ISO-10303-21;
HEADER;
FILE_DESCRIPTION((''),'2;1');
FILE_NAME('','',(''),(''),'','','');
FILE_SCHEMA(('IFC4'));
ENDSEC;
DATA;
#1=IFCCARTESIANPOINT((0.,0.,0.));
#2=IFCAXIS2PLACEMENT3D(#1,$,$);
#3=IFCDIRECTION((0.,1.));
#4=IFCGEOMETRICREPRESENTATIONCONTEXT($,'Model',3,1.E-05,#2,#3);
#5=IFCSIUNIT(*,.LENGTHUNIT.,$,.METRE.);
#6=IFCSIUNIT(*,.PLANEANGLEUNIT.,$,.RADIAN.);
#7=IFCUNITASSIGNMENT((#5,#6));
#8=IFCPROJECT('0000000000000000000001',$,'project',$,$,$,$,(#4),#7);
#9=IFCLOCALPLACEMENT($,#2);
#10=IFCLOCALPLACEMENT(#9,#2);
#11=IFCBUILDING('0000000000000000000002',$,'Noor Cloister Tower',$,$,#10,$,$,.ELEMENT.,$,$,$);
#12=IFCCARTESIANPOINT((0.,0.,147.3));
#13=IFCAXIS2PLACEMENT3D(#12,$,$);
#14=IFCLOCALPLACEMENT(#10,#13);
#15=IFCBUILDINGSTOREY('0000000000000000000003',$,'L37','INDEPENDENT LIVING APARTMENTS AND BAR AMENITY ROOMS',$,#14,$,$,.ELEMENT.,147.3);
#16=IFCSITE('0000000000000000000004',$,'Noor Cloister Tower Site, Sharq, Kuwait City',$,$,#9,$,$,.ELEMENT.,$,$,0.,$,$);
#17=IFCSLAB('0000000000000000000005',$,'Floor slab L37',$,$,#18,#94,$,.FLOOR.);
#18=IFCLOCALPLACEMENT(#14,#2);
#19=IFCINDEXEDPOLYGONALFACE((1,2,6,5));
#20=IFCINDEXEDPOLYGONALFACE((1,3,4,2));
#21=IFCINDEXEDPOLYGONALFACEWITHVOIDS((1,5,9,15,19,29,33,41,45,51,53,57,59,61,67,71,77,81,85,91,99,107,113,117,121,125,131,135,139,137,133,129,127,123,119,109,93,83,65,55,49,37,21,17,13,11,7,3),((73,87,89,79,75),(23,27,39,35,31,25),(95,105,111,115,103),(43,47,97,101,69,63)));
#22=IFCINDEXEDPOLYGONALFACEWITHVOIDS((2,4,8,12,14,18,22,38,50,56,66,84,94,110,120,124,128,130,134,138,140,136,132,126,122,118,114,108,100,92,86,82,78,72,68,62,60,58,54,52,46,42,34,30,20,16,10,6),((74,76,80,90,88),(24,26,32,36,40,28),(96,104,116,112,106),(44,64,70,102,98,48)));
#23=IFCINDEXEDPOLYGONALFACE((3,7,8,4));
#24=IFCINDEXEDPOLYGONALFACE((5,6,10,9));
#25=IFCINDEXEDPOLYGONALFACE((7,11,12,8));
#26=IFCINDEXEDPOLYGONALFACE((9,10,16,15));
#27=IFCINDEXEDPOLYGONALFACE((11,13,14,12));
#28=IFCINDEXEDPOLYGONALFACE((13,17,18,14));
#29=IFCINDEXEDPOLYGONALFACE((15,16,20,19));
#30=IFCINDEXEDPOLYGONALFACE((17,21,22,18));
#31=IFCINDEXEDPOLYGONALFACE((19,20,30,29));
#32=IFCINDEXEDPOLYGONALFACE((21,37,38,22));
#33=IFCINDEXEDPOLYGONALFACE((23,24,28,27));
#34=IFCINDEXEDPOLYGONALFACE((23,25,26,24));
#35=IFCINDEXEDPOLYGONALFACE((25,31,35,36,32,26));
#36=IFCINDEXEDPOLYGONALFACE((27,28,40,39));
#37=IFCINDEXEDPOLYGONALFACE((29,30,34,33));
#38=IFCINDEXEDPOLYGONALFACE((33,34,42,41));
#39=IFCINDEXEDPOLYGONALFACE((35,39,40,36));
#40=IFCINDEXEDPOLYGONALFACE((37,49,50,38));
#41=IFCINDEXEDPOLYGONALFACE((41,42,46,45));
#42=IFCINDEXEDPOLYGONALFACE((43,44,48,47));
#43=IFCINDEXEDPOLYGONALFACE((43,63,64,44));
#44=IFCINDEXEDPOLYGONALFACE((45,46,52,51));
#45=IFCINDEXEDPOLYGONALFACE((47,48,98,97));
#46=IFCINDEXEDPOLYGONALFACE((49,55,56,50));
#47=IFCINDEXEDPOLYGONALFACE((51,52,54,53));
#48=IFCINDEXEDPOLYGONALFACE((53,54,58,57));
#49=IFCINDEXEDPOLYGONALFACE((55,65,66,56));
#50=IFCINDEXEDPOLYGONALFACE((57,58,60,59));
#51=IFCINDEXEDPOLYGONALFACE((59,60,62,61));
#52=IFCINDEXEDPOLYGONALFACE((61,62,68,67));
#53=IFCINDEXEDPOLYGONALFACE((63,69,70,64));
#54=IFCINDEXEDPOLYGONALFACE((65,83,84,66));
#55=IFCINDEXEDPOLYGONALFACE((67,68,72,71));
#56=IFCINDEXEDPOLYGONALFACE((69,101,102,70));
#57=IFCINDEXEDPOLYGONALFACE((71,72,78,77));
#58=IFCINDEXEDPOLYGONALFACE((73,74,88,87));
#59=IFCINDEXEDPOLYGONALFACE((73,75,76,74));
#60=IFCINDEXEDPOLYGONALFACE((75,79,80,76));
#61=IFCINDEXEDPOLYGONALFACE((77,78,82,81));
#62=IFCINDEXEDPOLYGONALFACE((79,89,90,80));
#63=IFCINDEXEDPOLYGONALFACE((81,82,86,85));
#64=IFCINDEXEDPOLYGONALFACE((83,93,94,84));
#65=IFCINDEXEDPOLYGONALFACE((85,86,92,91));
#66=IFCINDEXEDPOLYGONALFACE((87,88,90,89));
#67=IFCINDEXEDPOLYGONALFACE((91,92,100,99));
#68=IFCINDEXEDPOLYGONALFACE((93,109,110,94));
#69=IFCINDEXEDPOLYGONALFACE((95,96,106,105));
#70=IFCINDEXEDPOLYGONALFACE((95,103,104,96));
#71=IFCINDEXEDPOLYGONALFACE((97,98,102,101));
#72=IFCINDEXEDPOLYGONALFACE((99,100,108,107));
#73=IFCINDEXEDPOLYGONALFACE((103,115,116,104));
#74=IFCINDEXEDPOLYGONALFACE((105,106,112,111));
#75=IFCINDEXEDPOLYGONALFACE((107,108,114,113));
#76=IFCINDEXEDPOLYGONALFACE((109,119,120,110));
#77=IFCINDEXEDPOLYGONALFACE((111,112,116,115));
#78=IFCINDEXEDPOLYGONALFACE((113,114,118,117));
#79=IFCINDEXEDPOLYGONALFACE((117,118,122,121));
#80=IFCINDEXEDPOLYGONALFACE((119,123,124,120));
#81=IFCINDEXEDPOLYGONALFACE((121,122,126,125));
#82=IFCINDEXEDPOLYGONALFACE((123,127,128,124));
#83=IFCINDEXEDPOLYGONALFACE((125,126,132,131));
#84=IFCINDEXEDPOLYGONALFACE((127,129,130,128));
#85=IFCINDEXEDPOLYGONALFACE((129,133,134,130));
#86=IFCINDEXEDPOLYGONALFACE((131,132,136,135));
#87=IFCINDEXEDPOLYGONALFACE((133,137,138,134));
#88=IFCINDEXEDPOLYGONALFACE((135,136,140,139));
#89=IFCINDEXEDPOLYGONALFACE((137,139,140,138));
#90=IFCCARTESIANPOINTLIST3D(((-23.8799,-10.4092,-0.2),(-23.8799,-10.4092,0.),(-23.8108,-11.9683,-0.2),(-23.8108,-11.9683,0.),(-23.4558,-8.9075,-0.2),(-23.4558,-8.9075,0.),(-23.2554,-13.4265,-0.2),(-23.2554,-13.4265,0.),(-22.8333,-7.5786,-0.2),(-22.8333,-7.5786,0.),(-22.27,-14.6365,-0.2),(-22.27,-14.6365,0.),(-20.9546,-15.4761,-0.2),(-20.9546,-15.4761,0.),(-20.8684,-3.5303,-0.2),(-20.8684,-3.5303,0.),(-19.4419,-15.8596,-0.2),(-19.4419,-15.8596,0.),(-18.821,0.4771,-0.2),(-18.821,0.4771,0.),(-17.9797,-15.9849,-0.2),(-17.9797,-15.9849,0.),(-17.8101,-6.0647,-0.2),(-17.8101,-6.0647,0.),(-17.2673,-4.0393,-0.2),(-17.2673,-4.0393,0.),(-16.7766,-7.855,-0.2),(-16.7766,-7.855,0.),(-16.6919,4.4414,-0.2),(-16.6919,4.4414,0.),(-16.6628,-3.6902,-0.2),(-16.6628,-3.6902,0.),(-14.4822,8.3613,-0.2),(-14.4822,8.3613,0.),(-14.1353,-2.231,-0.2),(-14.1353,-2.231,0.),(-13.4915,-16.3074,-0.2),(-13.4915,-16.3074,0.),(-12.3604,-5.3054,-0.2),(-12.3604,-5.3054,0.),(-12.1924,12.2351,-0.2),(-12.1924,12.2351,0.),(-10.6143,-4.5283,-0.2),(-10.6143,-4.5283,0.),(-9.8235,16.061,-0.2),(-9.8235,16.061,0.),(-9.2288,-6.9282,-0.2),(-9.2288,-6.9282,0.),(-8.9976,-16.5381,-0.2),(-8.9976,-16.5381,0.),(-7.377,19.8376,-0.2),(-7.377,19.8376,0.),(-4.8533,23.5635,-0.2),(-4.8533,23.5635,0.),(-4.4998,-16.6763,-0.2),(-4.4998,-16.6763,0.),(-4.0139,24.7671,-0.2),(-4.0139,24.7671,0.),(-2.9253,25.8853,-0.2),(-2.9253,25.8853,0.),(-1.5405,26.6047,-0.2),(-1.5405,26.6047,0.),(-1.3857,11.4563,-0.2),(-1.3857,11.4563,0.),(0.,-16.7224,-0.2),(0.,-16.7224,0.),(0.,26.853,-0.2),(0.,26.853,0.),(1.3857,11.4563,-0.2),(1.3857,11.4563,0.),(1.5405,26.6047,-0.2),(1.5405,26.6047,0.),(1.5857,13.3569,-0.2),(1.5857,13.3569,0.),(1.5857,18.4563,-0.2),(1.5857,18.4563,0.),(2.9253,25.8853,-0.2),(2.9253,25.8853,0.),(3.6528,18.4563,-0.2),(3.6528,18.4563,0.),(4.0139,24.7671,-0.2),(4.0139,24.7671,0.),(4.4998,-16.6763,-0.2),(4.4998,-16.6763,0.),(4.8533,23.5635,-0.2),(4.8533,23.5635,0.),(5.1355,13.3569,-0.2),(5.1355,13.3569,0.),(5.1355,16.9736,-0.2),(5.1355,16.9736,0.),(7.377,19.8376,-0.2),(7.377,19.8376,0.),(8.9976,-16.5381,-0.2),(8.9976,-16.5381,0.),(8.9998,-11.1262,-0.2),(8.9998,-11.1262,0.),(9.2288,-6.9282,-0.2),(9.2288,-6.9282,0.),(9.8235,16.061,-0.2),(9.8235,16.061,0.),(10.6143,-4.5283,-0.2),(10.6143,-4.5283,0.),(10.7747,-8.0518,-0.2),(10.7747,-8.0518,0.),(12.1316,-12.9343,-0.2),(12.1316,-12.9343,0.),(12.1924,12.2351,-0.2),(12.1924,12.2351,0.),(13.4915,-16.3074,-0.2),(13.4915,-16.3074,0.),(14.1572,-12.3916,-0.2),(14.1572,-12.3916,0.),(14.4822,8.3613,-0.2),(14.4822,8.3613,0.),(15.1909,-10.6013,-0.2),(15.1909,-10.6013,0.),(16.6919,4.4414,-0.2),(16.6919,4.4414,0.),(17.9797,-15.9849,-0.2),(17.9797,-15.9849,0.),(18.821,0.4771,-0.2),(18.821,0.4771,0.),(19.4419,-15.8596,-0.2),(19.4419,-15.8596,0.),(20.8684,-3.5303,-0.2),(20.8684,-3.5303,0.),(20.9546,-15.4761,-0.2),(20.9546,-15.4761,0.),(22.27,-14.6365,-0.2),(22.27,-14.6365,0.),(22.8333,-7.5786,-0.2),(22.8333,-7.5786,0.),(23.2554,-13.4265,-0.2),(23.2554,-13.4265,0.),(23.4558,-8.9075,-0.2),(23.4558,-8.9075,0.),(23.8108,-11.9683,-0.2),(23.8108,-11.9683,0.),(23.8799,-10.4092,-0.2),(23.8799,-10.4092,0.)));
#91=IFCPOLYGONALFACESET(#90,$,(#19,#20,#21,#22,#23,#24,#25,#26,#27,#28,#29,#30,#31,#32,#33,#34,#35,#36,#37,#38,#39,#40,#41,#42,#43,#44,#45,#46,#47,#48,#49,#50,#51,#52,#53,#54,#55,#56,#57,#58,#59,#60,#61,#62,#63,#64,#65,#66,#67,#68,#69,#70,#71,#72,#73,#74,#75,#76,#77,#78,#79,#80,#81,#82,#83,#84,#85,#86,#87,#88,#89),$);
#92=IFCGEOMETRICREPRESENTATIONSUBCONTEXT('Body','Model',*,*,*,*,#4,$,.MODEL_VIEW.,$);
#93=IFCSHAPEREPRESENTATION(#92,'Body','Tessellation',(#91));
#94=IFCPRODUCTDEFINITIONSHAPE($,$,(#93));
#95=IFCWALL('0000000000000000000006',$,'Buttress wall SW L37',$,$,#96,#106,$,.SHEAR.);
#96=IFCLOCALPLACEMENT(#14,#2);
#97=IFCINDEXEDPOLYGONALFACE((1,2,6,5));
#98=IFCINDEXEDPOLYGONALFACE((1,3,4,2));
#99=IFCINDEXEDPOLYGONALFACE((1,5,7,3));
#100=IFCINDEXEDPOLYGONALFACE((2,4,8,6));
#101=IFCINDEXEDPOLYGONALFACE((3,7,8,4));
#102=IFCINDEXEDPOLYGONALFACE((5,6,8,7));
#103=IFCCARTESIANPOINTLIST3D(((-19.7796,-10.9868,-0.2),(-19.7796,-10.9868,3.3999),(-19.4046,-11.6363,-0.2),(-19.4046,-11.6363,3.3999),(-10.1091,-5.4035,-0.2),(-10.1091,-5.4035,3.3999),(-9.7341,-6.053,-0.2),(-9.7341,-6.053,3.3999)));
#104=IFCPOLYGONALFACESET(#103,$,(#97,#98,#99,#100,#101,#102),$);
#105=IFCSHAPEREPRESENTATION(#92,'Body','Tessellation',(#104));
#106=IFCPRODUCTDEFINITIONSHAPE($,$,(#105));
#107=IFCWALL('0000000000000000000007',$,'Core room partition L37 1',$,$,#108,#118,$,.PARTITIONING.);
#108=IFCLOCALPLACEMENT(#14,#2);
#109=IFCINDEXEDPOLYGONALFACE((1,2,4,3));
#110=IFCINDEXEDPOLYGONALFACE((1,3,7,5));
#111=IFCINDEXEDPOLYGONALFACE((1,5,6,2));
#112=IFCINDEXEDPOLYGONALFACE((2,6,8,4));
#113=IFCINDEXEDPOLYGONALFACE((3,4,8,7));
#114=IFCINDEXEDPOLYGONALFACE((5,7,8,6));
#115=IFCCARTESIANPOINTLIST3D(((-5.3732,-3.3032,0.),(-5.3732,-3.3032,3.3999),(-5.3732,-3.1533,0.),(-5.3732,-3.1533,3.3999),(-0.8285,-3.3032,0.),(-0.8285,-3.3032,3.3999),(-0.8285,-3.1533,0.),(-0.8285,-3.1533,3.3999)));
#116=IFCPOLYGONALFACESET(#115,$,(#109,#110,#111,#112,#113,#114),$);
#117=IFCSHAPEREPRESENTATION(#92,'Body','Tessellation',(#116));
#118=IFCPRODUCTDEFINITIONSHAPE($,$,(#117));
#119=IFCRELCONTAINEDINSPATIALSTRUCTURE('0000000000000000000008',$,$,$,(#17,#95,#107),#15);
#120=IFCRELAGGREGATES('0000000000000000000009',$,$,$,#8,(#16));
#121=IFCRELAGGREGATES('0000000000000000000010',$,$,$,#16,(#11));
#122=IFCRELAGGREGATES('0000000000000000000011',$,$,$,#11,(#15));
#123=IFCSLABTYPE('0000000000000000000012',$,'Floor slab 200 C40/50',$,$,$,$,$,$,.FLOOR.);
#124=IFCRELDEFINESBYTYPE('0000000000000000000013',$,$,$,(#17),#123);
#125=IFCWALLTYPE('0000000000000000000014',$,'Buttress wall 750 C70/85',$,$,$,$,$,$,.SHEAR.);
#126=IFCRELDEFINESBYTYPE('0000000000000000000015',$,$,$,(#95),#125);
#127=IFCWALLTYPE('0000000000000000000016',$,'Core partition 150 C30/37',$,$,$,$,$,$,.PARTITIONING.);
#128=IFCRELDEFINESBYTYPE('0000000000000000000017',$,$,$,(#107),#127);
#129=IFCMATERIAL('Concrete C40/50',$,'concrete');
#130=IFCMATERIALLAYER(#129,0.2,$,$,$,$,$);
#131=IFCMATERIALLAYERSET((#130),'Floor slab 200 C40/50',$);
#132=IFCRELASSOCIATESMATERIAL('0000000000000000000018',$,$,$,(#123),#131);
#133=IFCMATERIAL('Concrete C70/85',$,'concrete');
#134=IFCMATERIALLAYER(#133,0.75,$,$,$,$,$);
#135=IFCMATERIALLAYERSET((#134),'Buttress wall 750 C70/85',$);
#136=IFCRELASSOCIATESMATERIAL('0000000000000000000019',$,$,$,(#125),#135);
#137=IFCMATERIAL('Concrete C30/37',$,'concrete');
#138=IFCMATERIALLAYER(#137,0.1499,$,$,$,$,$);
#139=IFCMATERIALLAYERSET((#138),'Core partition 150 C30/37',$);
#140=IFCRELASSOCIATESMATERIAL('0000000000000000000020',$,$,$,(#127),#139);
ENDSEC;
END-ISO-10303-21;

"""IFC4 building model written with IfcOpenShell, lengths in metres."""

from ifc_helpers import new_model, si_unit, direction, frame, frame_2d, origin, place, context, subcontext, project, spatial, polyline, rectangle, outline, extrude, material, layer, layer_set, type_object, element, save


model = new_model("IFC4")

# Units and contexts
model_context = context("Model", 3, precision=1e-05, world=origin(), true_north=direction((0.0, 1.0)))
body_context = subcontext(model_context, "Body", "Model", "MODEL_VIEW")
ifc_project = project(units=[si_unit("LENGTHUNIT", "METRE"), si_unit("PLANEANGLEUNIT", "RADIAN")], contexts=[model_context])

# Site, building, storey
site_placement = place(None, origin())
site = spatial("IfcSite", under=ifc_project, at=site_placement, Name="Noor Cloister Tower Site, Sharq, Kuwait City", CompositionType="ELEMENT", RefElevation=0.0)
building_placement = place(site_placement, origin())
building = spatial("IfcBuilding", under=site, at=building_placement, Name="Noor Cloister Tower", CompositionType="ELEMENT")
storey_placement = place(building_placement, frame((0.0, 0.0, 147.3)))
storey = spatial("IfcBuildingStorey", under=building, at=storey_placement, Name="L37", Description="INDEPENDENT LIVING APARTMENTS AND BAR AMENITY ROOMS", CompositionType="ELEMENT", Elevation=147.3)

# Slab
ifc_material_1 = material(Name="Concrete C40/50", Category="concrete")
ifc_layer_1 = layer(ifc_material_1, 0.2)
ifc_layer_set_1 = layer_set([ifc_layer_1], Name="Floor slab 200 C40/50")
slab_type = type_object("IfcSlabType", Name="Floor slab 200 C40/50", PredefinedType="FLOOR", material=ifc_layer_set_1)
slab_placement = place(storey_placement, frame((0.0, 0.0, -0.2)))
element("IfcSlab", 1, at=slab_placement, inside=storey, type_object=slab_type, Name="Floor slab L37", PredefinedType="FLOOR", context=body_context, shape_type="SweptSolid", body=[
    extrude(outline(polyline([(4.0139, 24.7671), (2.9253, 25.8853), (1.5405, 26.6047), (0.0, 26.853), (-1.5405, 26.6047), (-2.9253, 25.8853), (-4.0139, 24.7671), (-4.8533, 23.5635), (-7.377, 19.8376), (-9.8235, 16.061), (-12.1924, 12.2351), (-14.4822, 8.3613), (-16.6919, 4.4414), (-18.821, 0.4771), (-20.8684, -3.5303), (-22.8333, -7.5786), (-23.4558, -8.9075), (-23.8799, -10.4092), (-23.8108, -11.9683), (-23.2554, -13.4265), (-22.27, -14.6365), (-20.9546, -15.4761), (-19.4419, -15.8596), (-17.9797, -15.9849), (-13.4915, -16.3074), (-8.9976, -16.5381), (-4.4998, -16.6763), (0.0, -16.7224), (4.4998, -16.6763), (8.9976, -16.5381), (13.4915, -16.3074), (17.9797, -15.9849), (19.4419, -15.8596), (20.9546, -15.4761), (22.27, -14.6365), (23.2554, -13.4265), (23.8108, -11.9683), (23.8799, -10.4092), (23.4558, -8.9075), (22.8333, -7.5786), (20.8684, -3.5303), (18.821, 0.4771), (16.6919, 4.4414), (14.4822, 8.3613), (12.1924, 12.2351), (9.8235, 16.061), (7.377, 19.8376), (4.8533, 23.5635), (4.0139, 24.7671)]), holes=[polyline([(8.9998, -11.1262), (12.1316, -12.9343), (14.1572, -12.3916), (15.1909, -10.6013), (10.7747, -8.0518), (8.9998, -11.1262)]), polyline([(-17.8101, -6.0647), (-16.7766, -7.855), (-12.3604, -5.3054), (-14.1353, -2.231), (-16.6628, -3.6902), (-17.2673, -4.0393), (-17.8101, -6.0647)]), polyline([(-10.6143, -4.5283), (-9.2288, -6.9282), (9.2288, -6.9282), (10.6143, -4.5283), (1.3857, 11.4563), (-1.3857, 11.4563), (-10.6143, -4.5283)]), polyline([(3.6528, 18.4563), (1.5857, 18.4563), (1.5857, 13.3569), (5.1355, 13.3569), (5.1355, 16.9736), (3.6528, 18.4563)])]), origin(), (0.0, 0.0, 1.0), 0.2),
])

# Walls
ifc_material_2 = material(Name="Concrete C70/85", Category="concrete")
ifc_layer_2 = layer(ifc_material_2, 0.75)
ifc_layer_set_2 = layer_set([ifc_layer_2], Name="Buttress wall 750 C70/85")
wall_type_1 = type_object("IfcWallType", Name="Buttress wall 750 C70/85", PredefinedType="SHEAR", material=ifc_layer_set_2)
wall_1_placement = place(storey_placement, frame((-9.9216, -5.7283, -0.2), z_axis=(0.0, 0.0, 1.0), x_axis=(-0.866024, -0.500003, 0.0)))
element("IfcWall", 2, at=wall_1_placement, inside=storey, type_object=wall_type_1, Name="Buttress wall SW L37", PredefinedType="SHEAR", context=body_context, shape_type="SweptSolid", body=[
    extrude(rectangle(XDim=11.1665, YDim=0.75, at=frame_2d((5.5833, 0.0))), origin(), (0.0, 0.0, 1.0), 3.5999),
])
ifc_material_3 = material(Name="Concrete C30/37", Category="concrete")
ifc_layer_3 = layer(ifc_material_3, 0.1499)
ifc_layer_set_3 = layer_set([ifc_layer_3], Name="Core partition 150 C30/37")
wall_type_2 = type_object("IfcWallType", Name="Core partition 150 C30/37", PredefinedType="PARTITIONING", material=ifc_layer_set_3)
wall_2_placement = place(storey_placement, frame((-5.3733, -3.2283, 0.0), z_axis=(0.0, 0.0, 1.0), x_axis=(1.0, 0.0, 0.0)))
element("IfcWall", 3, at=wall_2_placement, inside=storey, type_object=wall_type_2, Name="Core room partition L37 1", PredefinedType="PARTITIONING", context=body_context, shape_type="SweptSolid", body=[
    extrude(rectangle(XDim=4.5447, YDim=0.1499, at=frame_2d((2.2725, 0.0))), origin(), (0.0, 0.0, 1.0), 3.3999),
])

save(model, "model.ifc")
